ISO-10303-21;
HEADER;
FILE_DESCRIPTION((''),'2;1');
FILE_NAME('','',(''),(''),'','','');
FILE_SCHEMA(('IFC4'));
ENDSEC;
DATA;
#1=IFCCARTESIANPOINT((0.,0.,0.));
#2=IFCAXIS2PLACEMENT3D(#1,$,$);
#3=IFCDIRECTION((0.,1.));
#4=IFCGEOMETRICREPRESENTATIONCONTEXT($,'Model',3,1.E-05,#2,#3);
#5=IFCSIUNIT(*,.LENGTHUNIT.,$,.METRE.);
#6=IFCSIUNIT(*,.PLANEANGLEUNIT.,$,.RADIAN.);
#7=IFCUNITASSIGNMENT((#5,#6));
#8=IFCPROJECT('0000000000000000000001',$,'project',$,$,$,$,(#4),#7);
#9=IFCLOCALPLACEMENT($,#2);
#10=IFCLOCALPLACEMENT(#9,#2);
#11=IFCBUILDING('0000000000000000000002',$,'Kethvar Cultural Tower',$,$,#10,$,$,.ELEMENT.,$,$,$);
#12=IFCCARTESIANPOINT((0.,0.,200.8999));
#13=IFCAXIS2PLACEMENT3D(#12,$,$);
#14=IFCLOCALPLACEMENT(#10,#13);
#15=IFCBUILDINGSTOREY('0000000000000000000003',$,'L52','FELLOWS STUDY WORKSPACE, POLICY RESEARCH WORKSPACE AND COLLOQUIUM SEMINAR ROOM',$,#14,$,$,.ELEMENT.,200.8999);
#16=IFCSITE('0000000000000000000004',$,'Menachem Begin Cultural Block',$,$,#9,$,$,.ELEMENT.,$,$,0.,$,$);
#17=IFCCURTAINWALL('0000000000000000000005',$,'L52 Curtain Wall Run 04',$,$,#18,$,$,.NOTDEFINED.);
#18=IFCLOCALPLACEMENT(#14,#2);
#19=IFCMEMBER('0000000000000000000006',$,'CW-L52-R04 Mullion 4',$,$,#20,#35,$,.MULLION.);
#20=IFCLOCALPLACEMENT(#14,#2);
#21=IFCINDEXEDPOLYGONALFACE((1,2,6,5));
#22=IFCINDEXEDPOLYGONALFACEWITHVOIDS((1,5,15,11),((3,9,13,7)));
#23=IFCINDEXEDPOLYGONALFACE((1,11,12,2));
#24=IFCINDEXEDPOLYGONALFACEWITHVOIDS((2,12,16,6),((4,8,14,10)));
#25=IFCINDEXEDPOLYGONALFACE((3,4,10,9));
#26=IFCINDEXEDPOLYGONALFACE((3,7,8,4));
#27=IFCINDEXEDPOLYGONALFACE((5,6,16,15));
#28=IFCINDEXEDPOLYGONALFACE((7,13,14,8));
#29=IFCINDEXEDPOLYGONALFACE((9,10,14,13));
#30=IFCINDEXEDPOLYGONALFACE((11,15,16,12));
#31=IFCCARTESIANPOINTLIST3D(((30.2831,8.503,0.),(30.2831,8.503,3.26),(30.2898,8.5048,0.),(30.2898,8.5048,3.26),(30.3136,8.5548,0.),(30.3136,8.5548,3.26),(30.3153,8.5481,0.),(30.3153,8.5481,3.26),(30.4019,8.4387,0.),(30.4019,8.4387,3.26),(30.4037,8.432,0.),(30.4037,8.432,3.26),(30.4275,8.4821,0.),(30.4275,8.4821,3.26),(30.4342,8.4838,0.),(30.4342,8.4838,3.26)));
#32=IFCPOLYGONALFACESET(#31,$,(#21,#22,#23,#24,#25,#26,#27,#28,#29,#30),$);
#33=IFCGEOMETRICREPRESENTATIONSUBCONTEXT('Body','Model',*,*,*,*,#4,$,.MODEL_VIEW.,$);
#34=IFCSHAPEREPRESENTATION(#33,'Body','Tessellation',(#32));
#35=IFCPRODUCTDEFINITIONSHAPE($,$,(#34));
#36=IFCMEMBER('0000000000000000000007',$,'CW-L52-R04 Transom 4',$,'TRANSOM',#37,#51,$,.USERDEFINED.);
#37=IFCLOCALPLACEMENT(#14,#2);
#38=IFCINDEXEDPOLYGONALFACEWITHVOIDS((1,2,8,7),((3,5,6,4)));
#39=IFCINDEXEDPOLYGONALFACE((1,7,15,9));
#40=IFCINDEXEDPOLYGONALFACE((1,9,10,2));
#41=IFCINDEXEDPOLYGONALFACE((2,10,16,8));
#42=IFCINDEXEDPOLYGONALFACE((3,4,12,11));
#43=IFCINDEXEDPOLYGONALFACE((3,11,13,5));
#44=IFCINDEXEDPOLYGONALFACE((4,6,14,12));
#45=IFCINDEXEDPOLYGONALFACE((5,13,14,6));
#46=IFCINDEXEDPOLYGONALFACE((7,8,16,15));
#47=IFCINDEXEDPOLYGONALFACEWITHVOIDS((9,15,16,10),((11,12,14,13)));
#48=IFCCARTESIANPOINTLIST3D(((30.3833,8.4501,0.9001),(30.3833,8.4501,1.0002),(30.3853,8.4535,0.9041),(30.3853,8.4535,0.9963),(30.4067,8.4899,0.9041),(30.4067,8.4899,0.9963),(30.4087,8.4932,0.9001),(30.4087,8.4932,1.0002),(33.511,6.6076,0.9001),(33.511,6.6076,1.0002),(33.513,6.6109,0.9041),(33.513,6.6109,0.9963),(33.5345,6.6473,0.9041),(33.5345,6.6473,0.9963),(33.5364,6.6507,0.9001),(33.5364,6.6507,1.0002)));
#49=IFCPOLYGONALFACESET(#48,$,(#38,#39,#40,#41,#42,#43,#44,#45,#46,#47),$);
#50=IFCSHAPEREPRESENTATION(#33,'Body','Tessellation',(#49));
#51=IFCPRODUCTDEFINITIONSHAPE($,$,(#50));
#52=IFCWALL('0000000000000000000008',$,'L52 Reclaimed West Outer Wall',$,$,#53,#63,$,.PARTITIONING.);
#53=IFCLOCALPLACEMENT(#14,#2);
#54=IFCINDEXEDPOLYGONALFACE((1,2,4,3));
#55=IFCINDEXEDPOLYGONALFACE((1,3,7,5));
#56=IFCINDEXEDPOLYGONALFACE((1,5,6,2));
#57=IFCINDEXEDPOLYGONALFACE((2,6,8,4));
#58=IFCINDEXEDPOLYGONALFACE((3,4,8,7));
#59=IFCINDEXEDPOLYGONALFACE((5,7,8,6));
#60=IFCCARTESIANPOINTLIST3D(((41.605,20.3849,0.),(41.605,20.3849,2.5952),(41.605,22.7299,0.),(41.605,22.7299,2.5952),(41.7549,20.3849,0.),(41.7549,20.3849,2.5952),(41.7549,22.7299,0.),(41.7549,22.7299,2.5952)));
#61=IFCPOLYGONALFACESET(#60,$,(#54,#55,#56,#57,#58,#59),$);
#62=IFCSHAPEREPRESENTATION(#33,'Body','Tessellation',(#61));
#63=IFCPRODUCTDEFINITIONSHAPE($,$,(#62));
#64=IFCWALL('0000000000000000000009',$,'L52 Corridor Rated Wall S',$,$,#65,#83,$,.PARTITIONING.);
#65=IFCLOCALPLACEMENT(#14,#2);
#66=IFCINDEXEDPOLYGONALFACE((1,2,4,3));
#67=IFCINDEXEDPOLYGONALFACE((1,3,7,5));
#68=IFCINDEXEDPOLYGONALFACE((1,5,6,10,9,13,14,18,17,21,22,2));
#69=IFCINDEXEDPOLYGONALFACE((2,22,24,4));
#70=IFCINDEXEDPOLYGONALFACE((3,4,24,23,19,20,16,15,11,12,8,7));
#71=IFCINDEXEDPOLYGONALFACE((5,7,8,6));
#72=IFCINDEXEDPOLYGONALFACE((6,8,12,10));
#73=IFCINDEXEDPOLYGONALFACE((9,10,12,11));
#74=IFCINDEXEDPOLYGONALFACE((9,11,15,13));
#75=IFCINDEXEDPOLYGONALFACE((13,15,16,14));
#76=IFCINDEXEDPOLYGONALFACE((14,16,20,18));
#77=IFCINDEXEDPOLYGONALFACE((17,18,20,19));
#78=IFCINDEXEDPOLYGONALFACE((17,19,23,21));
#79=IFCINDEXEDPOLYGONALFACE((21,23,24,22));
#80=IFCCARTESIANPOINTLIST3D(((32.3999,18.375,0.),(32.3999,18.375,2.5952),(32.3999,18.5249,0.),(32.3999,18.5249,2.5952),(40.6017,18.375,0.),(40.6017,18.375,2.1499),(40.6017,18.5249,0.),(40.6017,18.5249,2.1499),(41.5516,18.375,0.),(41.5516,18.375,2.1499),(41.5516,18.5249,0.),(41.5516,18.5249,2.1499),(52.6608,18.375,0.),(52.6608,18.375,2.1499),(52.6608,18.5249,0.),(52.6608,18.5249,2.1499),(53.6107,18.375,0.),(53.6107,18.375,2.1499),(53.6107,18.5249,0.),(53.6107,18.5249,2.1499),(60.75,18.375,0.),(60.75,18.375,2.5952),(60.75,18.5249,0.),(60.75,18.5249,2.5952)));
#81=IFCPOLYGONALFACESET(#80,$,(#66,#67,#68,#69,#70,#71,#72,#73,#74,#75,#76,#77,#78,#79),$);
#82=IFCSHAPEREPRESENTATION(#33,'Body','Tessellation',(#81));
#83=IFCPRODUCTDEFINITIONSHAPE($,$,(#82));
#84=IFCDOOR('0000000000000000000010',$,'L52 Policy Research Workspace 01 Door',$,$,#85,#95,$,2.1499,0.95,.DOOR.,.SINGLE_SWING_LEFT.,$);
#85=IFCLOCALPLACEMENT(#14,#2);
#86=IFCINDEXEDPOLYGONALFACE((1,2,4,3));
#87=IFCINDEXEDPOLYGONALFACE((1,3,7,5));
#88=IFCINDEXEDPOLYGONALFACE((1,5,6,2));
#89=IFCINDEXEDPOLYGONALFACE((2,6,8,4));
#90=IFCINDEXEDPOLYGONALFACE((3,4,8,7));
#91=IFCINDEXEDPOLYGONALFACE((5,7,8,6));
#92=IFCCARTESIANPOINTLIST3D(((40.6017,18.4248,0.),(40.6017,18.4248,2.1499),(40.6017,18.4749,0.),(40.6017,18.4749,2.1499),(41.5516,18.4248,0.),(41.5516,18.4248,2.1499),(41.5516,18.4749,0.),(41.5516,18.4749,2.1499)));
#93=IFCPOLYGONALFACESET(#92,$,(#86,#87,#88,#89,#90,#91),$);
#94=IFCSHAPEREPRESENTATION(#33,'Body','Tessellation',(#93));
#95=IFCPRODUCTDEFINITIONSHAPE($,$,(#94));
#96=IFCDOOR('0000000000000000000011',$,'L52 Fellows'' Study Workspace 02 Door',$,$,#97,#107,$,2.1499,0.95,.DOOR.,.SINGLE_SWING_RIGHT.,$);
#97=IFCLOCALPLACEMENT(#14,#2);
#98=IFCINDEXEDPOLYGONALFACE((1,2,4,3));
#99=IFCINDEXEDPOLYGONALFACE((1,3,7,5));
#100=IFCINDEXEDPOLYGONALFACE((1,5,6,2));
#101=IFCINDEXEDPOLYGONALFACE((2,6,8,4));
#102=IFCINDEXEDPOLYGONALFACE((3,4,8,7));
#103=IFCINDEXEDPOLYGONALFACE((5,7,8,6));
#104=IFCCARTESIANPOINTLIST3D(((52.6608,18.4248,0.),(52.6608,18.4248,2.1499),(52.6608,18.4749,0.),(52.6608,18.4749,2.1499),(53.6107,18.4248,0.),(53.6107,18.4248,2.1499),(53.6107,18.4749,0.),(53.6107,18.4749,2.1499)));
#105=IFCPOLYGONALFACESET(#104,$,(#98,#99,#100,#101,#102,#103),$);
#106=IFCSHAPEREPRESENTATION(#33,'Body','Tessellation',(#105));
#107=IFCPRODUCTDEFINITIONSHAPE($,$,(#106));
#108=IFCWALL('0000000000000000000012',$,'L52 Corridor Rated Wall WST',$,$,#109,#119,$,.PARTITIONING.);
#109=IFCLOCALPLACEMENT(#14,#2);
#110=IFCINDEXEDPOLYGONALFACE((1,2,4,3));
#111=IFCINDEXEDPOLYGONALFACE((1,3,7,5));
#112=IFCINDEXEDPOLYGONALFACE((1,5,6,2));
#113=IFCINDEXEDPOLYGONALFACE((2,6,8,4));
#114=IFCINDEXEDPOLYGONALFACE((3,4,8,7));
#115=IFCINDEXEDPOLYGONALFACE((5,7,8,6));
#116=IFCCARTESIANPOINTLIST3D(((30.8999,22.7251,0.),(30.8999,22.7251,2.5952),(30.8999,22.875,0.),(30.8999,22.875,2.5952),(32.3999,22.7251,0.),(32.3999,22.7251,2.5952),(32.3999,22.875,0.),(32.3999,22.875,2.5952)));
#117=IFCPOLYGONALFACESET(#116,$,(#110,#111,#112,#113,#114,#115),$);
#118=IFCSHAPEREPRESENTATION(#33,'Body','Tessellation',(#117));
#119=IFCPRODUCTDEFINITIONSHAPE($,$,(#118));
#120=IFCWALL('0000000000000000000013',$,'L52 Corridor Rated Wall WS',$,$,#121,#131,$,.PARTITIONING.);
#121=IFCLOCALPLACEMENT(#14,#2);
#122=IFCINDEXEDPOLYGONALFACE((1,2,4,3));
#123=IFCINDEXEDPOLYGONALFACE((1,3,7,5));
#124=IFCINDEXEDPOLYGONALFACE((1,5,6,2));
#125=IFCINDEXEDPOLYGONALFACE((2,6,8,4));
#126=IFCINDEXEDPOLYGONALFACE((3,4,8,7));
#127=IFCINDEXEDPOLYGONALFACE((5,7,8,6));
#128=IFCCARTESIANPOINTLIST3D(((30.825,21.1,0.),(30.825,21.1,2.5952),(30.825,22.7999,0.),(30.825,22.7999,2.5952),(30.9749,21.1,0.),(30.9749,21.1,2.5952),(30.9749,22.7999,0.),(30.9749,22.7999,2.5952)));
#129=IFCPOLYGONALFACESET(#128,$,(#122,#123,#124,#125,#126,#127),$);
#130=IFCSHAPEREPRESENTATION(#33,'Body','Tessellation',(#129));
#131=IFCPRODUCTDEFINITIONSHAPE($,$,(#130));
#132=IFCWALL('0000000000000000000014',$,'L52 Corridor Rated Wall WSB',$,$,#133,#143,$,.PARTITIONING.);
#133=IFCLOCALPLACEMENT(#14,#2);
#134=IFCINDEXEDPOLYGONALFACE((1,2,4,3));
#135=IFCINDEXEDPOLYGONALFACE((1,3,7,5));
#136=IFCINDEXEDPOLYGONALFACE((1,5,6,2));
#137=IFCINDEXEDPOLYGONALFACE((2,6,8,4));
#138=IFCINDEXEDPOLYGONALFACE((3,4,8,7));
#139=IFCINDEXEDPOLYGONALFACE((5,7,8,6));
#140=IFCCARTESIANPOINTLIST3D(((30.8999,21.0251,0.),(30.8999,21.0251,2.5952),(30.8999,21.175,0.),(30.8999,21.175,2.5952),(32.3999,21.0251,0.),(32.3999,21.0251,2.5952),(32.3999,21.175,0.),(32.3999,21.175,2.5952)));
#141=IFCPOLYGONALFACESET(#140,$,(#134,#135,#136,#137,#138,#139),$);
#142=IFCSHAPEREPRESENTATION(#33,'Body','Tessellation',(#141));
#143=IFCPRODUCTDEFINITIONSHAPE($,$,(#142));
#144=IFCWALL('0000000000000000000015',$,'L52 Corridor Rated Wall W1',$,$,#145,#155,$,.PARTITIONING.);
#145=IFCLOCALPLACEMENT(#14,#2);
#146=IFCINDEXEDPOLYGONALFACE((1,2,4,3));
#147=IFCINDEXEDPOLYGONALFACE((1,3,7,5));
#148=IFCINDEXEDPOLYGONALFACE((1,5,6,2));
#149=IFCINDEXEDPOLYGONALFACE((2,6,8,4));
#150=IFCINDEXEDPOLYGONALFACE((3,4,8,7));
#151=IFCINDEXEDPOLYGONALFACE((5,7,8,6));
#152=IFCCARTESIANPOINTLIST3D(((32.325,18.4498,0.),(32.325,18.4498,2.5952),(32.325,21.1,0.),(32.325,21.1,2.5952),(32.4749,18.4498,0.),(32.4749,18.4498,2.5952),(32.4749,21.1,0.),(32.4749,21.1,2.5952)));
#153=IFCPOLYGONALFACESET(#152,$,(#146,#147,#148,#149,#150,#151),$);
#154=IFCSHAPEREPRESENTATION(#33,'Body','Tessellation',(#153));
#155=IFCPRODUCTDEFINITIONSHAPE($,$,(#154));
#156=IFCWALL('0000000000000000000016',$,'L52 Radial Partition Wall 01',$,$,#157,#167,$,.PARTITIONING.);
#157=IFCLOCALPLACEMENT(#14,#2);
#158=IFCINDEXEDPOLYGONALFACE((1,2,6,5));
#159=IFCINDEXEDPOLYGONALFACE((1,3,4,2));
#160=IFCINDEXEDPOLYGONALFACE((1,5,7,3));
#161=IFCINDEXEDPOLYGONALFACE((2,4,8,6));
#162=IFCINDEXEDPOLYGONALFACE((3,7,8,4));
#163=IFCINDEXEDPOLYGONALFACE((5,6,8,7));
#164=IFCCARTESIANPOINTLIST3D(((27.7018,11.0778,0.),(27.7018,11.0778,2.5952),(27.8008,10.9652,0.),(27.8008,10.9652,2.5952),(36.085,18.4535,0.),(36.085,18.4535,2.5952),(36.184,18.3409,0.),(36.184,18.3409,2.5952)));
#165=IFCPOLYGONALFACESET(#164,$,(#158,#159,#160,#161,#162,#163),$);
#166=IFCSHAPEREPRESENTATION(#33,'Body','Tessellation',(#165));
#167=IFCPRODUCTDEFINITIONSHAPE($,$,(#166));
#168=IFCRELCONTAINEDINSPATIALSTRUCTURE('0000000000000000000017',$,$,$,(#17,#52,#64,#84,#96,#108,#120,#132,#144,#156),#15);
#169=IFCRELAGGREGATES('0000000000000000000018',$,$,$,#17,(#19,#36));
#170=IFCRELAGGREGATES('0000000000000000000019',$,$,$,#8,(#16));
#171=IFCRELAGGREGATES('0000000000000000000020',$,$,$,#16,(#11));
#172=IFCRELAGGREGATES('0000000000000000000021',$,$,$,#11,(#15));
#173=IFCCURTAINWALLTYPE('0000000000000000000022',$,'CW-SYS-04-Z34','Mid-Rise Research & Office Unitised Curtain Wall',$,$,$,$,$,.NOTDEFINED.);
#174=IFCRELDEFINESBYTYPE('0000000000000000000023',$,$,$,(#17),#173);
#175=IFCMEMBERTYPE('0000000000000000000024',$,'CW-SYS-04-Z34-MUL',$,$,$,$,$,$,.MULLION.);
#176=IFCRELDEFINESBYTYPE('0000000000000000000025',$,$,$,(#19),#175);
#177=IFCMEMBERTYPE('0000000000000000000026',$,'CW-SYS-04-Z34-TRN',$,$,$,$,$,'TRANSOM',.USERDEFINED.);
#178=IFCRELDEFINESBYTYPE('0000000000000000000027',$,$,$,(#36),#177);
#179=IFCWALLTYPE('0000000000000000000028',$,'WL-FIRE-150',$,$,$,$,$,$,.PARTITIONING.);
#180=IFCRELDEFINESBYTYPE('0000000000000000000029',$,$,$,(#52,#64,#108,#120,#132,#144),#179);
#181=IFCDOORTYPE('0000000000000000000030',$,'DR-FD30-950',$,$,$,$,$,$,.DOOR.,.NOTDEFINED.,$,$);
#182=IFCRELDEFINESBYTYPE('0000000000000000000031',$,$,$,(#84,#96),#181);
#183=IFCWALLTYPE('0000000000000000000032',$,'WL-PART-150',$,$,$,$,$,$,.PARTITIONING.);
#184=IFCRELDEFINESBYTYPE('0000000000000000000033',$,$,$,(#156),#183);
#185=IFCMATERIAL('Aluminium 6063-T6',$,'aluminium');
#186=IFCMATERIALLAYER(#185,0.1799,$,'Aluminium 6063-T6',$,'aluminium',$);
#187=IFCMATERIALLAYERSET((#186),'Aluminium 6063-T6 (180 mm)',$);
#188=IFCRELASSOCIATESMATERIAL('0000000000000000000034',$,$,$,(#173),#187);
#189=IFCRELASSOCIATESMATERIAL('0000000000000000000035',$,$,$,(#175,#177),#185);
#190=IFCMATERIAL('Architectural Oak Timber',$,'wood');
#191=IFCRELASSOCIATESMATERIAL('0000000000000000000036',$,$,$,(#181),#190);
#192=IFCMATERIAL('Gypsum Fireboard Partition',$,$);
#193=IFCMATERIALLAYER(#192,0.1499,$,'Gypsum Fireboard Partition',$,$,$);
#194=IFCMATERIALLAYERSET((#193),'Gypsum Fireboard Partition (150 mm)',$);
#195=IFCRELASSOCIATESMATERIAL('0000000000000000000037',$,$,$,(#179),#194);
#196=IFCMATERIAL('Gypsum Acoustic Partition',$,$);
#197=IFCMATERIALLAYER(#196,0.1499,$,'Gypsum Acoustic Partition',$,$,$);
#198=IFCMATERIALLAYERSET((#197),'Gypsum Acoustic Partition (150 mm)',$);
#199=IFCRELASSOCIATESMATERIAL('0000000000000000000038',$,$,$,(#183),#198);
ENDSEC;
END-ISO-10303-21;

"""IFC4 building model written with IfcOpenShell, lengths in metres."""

from ifc_helpers import new_model, si_unit, direction, frame, frame_2d, origin, origin_2d, place, context, subcontext, project, spatial, rectangle, hollow_rectangle, extrude, source, transform, mapped, material, layer, layer_set, material_profile, profile_set, type_object, element, fill, aggregate, save


model = new_model("IFC4")

# Units and contexts
model_context = context("Model", 3, precision=1e-05, world=origin(), true_north=direction((0.0, 1.0)))
body_context = subcontext(model_context, "Body", "Model", "MODEL_VIEW")
ifc_project = project(units=[si_unit("LENGTHUNIT", "METRE"), si_unit("PLANEANGLEUNIT", "RADIAN")], contexts=[model_context])

# Site, building, storey
site_placement = place(None, origin())
site = spatial("IfcSite", under=ifc_project, at=site_placement, Name="Menachem Begin Cultural Block", CompositionType="ELEMENT", RefElevation=0.0)
building_placement = place(site_placement, origin())
building = spatial("IfcBuilding", under=site, at=building_placement, Name="Kethvar Cultural Tower", CompositionType="ELEMENT")
storey_placement = place(building_placement, frame((0.0, 0.0, 200.8999)))
storey = spatial("IfcBuildingStorey", under=building, at=storey_placement, Name="L52", Description="FELLOWS STUDY WORKSPACE, POLICY RESEARCH WORKSPACE AND COLLOQUIUM SEMINAR ROOM", CompositionType="ELEMENT", Elevation=200.8999)

# Curtain wall, members
ifc_material_1 = material(Name="Aluminium 6063-T6", Category="aluminium")
ifc_layer_1 = layer(ifc_material_1, 0.1799, Name="Aluminium 6063-T6", Category="aluminium")
ifc_layer_set_1 = layer_set([ifc_layer_1], Name="Aluminium 6063-T6 (180 mm)")
curtain_wall_type = type_object("IfcCurtainWallType", Name="CW-SYS-04-Z34", Description="Mid-Rise Research & Office Unitised Curtain Wall", PredefinedType="NOTDEFINED", material=ifc_layer_set_1)
curtain_wall_placement = place(storey_placement, origin())
curtain_wall = element("IfcCurtainWall", 1, at=curtain_wall_placement, inside=storey, type_object=curtain_wall_type, Name="L52 Curtain Wall Run 04", PredefinedType="NOTDEFINED")
ifc_material_profile_1 = material_profile(ifc_material_1, hollow_rectangle(XDim=0.0601, YDim=0.1399, WallThickness=0.0049, at=origin_2d()), Name="Aluminium 6063-T6 — RHS140x60x5")
ifc_profile_set_1 = profile_set([ifc_material_profile_1], Name="Aluminium 6063-T6 — RHS140x60x5")
member_type_1 = type_object("IfcMemberType", Name="CW-SYS-04-Z34-MUL", PredefinedType="MULLION", material=ifc_profile_set_1)
shared_shape_1 = source(origin(), body_context, "Body", "SweptSolid", [
    extrude(hollow_rectangle(XDim=0.0601, YDim=0.1399, WallThickness=0.0049, at=origin_2d()), origin(), (0.0, 0.0, 1.0), 3.26),
])
member_1_placement = place(storey_placement, frame((30.3586, 8.4934, 0.0), z_axis=(0.0, 0.0, 1.0), x_axis=(0.507538, 0.861629, 0.0)))
member_1 = element("IfcMember", 2, at=member_1_placement, type_object=member_type_1, Name="CW-L52-R04 Mullion 4", PredefinedType="MULLION", context=body_context, shape_type="MappedRepresentation", body=[
    mapped(shared_shape_1, transform((0.0, 0.0, 0.0), scale=1.0)),
])
ifc_material_profile_2 = material_profile(ifc_material_1, hollow_rectangle(XDim=0.05, YDim=0.1001, WallThickness=0.0039, at=origin_2d()), Name="Aluminium 6063-T6 — RHS100x50x4")
ifc_profile_set_2 = profile_set([ifc_material_profile_2], Name="Aluminium 6063-T6 — RHS100x50x4")
member_type_2 = type_object("IfcMemberType", Name="CW-SYS-04-Z34-TRN", ElementType="TRANSOM", PredefinedType="USERDEFINED", material=ifc_profile_set_2)
shared_shape_2 = source(origin(), body_context, "Body", "SweptSolid", [
    extrude(hollow_rectangle(XDim=0.05, YDim=0.1001, WallThickness=0.0039, at=origin_2d()), origin(), (0.0, 0.0, 1.0), 3.6301),
])
member_2_placement = place(storey_placement, frame((30.396, 8.4717, 0.9502), z_axis=(0.861607, -0.507576, 0.0), x_axis=(0.507576, 0.861607, 0.0)))
member_2 = element("IfcMember", 3, at=member_2_placement, type_object=member_type_2, Name="CW-L52-R04 Transom 4", ObjectType="TRANSOM", PredefinedType="USERDEFINED", context=body_context, shape_type="MappedRepresentation", body=[
    mapped(shared_shape_2, transform((0.0, 0.0, 0.0), scale=1.0)),
])
aggregate(curtain_wall, [member_1, member_2])

# Shared definitions
ifc_material_2 = material(Name="Architectural Oak Timber", Category="wood")
door_type_1 = type_object("IfcDoorType", Name="DR-FD30-950", OperationType="NOTDEFINED", PredefinedType="DOOR", material=ifc_material_2)
shared_shape_3 = source(origin(), body_context, "Body", "SweptSolid", [
    extrude(rectangle(XDim=0.95, YDim=2.1499, at=frame_2d((0.4751, 1.075))), frame((0.0, 0.0249, 0.0), z_axis=(0.0, -1.0, 0.0), x_axis=(1.0, 0.0, 0.0)), (0.0, 0.0, 1.0), 0.05),
])

# Wall
ifc_material_3 = material(Name="Gypsum Fireboard Partition")
ifc_layer_2 = layer(ifc_material_3, 0.1499, Name="Gypsum Fireboard Partition")
ifc_layer_set_2 = layer_set([ifc_layer_2], Name="Gypsum Fireboard Partition (150 mm)")
wall_type_1 = type_object("IfcWallType", Name="WL-FIRE-150", PredefinedType="PARTITIONING", material=ifc_layer_set_2)
wall_1_placement = place(storey_placement, frame((41.6799, 20.385, 0.0), z_axis=(0.0, 0.0, 1.0), x_axis=(0.0, 1.0, 0.0)))
element("IfcWall", 4, at=wall_1_placement, inside=storey, type_object=wall_type_1, Name="L52 Reclaimed West Outer Wall", PredefinedType="PARTITIONING", context=body_context, shape_type="SweptSolid", body=[
    extrude(rectangle(XDim=2.345, YDim=0.1499, at=frame_2d((1.1724, 0.0))), origin(), (0.0, 0.0, 1.0), 2.5952),
])

# Wall, openings, doors
wall_2_placement = place(storey_placement, frame((32.3999, 18.45, 0.0), z_axis=(0.0, 0.0, 1.0), x_axis=(1.0, 0.0, 0.0)))
wall_2 = element("IfcWall", 5, at=wall_2_placement, inside=storey, type_object=wall_type_1, Name="L52 Corridor Rated Wall S", PredefinedType="PARTITIONING", context=body_context, shape_type="SweptSolid", body=[
    extrude(rectangle(XDim=28.3501, YDim=0.1499, at=frame_2d((14.175, 0.0))), origin(), (0.0, 0.0, 1.0), 2.5952),
])
opening_1_placement = place(wall_2_placement, frame((8.2017, 0.0, 0.0)))
opening_1 = element("IfcOpeningElement", 6, at=opening_1_placement, cuts=wall_2, PredefinedType="OPENING", context=body_context, shape_type="SweptSolid", body=[
    extrude(rectangle(XDim=0.95, YDim=2.1499, at=frame_2d((0.4751, 1.075))), frame((0.0, 0.085, 0.0), z_axis=(0.0, -1.0, 0.0), x_axis=(1.0, 0.0, 0.0)), (0.0, 0.0, 1.0), 0.1699),
])
opening_2_placement = place(wall_2_placement, frame((20.2607, 0.0, 0.0)))
opening_2 = element("IfcOpeningElement", 7, at=opening_2_placement, cuts=wall_2, PredefinedType="OPENING", context=body_context, shape_type="SweptSolid", body=[
    extrude(rectangle(XDim=0.95, YDim=2.1499, at=frame_2d((0.4751, 1.075))), frame((0.0, 0.085, 0.0), z_axis=(0.0, -1.0, 0.0), x_axis=(1.0, 0.0, 0.0)), (0.0, 0.0, 1.0), 0.1699),
])
door_1_placement = place(opening_1_placement, origin())
door_1 = element("IfcDoor", 8, at=door_1_placement, inside=storey, type_object=door_type_1, Name="L52 Policy Research Workspace 01 Door", OperationType="SINGLE_SWING_LEFT", OverallHeight=2.1499, OverallWidth=0.95, PredefinedType="DOOR", context=body_context, shape_type="MappedRepresentation", body=[
    mapped(shared_shape_3, transform((0.0, 0.0, 0.0), scale=1.0)),
])
fill(opening_1, door_1)
door_2_placement = place(opening_2_placement, origin())
door_2 = element("IfcDoor", 9, at=door_2_placement, inside=storey, type_object=door_type_1, Name="L52 Fellows' Study Workspace 02 Door", OperationType="SINGLE_SWING_RIGHT", OverallHeight=2.1499, OverallWidth=0.95, PredefinedType="DOOR", context=body_context, shape_type="MappedRepresentation", body=[
    mapped(shared_shape_3, transform((0.0, 0.0, 0.0), scale=1.0)),
])
fill(opening_2, door_2)

# Walls
wall_3_placement = place(storey_placement, frame((32.3999, 22.8, 0.0), z_axis=(0.0, 0.0, 1.0), x_axis=(-1.0, 0.0, 0.0)))
element("IfcWall", 10, at=wall_3_placement, inside=storey, type_object=wall_type_1, Name="L52 Corridor Rated Wall WST", PredefinedType="PARTITIONING", context=body_context, shape_type="SweptSolid", body=[
    extrude(rectangle(XDim=1.5, YDim=0.1499, at=frame_2d((0.75, 0.0))), origin(), (0.0, 0.0, 1.0), 2.5952),
])
wall_4_placement = place(storey_placement, frame((30.8999, 22.8, 0.0), z_axis=(0.0, 0.0, 1.0), x_axis=(0.0, -1.0, 0.0)))
element("IfcWall", 11, at=wall_4_placement, inside=storey, type_object=wall_type_1, Name="L52 Corridor Rated Wall WS", PredefinedType="PARTITIONING", context=body_context, shape_type="SweptSolid", body=[
    extrude(rectangle(XDim=1.7, YDim=0.1499, at=frame_2d((0.8501, 0.0))), origin(), (0.0, 0.0, 1.0), 2.5952),
])
wall_5_placement = place(storey_placement, frame((30.8999, 21.1001, 0.0), z_axis=(0.0, 0.0, 1.0), x_axis=(1.0, 0.0, 0.0)))
element("IfcWall", 12, at=wall_5_placement, inside=storey, type_object=wall_type_1, Name="L52 Corridor Rated Wall WSB", PredefinedType="PARTITIONING", context=body_context, shape_type="SweptSolid", body=[
    extrude(rectangle(XDim=1.5, YDim=0.1499, at=frame_2d((0.75, 0.0))), origin(), (0.0, 0.0, 1.0), 2.5952),
])
wall_6_placement = place(storey_placement, frame((32.3999, 21.1001, 0.0), z_axis=(0.0, 0.0, 1.0), x_axis=(0.0, -1.0, 0.0)))
element("IfcWall", 13, at=wall_6_placement, inside=storey, type_object=wall_type_1, Name="L52 Corridor Rated Wall W1", PredefinedType="PARTITIONING", context=body_context, shape_type="SweptSolid", body=[
    extrude(rectangle(XDim=2.6501, YDim=0.1499, at=frame_2d((1.3252, 0.0))), origin(), (0.0, 0.0, 1.0), 2.5952),
])
ifc_material_4 = material(Name="Gypsum Acoustic Partition")
ifc_layer_3 = layer(ifc_material_4, 0.1499, Name="Gypsum Acoustic Partition")
ifc_layer_set_3 = layer_set([ifc_layer_3], Name="Gypsum Acoustic Partition (150 mm)")
wall_type_2 = type_object("IfcWallType", Name="WL-PART-150", PredefinedType="PARTITIONING", material=ifc_layer_set_3)
wall_7_placement = place(storey_placement, frame((36.1345, 18.3972, 0.0), z_axis=(0.0, 0.0, 1.0), x_axis=(-0.750783, -0.660549, 0.0)))
element("IfcWall", 14, at=wall_7_placement, inside=storey, type_object=wall_type_2, Name="L52 Radial Partition Wall 01", PredefinedType="PARTITIONING", context=body_context, shape_type="SweptSolid", body=[
    extrude(rectangle(XDim=11.166, YDim=0.1499, at=frame_2d((5.583, 0.0))), origin(), (0.0, 0.0, 1.0), 2.5952),
])

save(model, "model.ifc")
